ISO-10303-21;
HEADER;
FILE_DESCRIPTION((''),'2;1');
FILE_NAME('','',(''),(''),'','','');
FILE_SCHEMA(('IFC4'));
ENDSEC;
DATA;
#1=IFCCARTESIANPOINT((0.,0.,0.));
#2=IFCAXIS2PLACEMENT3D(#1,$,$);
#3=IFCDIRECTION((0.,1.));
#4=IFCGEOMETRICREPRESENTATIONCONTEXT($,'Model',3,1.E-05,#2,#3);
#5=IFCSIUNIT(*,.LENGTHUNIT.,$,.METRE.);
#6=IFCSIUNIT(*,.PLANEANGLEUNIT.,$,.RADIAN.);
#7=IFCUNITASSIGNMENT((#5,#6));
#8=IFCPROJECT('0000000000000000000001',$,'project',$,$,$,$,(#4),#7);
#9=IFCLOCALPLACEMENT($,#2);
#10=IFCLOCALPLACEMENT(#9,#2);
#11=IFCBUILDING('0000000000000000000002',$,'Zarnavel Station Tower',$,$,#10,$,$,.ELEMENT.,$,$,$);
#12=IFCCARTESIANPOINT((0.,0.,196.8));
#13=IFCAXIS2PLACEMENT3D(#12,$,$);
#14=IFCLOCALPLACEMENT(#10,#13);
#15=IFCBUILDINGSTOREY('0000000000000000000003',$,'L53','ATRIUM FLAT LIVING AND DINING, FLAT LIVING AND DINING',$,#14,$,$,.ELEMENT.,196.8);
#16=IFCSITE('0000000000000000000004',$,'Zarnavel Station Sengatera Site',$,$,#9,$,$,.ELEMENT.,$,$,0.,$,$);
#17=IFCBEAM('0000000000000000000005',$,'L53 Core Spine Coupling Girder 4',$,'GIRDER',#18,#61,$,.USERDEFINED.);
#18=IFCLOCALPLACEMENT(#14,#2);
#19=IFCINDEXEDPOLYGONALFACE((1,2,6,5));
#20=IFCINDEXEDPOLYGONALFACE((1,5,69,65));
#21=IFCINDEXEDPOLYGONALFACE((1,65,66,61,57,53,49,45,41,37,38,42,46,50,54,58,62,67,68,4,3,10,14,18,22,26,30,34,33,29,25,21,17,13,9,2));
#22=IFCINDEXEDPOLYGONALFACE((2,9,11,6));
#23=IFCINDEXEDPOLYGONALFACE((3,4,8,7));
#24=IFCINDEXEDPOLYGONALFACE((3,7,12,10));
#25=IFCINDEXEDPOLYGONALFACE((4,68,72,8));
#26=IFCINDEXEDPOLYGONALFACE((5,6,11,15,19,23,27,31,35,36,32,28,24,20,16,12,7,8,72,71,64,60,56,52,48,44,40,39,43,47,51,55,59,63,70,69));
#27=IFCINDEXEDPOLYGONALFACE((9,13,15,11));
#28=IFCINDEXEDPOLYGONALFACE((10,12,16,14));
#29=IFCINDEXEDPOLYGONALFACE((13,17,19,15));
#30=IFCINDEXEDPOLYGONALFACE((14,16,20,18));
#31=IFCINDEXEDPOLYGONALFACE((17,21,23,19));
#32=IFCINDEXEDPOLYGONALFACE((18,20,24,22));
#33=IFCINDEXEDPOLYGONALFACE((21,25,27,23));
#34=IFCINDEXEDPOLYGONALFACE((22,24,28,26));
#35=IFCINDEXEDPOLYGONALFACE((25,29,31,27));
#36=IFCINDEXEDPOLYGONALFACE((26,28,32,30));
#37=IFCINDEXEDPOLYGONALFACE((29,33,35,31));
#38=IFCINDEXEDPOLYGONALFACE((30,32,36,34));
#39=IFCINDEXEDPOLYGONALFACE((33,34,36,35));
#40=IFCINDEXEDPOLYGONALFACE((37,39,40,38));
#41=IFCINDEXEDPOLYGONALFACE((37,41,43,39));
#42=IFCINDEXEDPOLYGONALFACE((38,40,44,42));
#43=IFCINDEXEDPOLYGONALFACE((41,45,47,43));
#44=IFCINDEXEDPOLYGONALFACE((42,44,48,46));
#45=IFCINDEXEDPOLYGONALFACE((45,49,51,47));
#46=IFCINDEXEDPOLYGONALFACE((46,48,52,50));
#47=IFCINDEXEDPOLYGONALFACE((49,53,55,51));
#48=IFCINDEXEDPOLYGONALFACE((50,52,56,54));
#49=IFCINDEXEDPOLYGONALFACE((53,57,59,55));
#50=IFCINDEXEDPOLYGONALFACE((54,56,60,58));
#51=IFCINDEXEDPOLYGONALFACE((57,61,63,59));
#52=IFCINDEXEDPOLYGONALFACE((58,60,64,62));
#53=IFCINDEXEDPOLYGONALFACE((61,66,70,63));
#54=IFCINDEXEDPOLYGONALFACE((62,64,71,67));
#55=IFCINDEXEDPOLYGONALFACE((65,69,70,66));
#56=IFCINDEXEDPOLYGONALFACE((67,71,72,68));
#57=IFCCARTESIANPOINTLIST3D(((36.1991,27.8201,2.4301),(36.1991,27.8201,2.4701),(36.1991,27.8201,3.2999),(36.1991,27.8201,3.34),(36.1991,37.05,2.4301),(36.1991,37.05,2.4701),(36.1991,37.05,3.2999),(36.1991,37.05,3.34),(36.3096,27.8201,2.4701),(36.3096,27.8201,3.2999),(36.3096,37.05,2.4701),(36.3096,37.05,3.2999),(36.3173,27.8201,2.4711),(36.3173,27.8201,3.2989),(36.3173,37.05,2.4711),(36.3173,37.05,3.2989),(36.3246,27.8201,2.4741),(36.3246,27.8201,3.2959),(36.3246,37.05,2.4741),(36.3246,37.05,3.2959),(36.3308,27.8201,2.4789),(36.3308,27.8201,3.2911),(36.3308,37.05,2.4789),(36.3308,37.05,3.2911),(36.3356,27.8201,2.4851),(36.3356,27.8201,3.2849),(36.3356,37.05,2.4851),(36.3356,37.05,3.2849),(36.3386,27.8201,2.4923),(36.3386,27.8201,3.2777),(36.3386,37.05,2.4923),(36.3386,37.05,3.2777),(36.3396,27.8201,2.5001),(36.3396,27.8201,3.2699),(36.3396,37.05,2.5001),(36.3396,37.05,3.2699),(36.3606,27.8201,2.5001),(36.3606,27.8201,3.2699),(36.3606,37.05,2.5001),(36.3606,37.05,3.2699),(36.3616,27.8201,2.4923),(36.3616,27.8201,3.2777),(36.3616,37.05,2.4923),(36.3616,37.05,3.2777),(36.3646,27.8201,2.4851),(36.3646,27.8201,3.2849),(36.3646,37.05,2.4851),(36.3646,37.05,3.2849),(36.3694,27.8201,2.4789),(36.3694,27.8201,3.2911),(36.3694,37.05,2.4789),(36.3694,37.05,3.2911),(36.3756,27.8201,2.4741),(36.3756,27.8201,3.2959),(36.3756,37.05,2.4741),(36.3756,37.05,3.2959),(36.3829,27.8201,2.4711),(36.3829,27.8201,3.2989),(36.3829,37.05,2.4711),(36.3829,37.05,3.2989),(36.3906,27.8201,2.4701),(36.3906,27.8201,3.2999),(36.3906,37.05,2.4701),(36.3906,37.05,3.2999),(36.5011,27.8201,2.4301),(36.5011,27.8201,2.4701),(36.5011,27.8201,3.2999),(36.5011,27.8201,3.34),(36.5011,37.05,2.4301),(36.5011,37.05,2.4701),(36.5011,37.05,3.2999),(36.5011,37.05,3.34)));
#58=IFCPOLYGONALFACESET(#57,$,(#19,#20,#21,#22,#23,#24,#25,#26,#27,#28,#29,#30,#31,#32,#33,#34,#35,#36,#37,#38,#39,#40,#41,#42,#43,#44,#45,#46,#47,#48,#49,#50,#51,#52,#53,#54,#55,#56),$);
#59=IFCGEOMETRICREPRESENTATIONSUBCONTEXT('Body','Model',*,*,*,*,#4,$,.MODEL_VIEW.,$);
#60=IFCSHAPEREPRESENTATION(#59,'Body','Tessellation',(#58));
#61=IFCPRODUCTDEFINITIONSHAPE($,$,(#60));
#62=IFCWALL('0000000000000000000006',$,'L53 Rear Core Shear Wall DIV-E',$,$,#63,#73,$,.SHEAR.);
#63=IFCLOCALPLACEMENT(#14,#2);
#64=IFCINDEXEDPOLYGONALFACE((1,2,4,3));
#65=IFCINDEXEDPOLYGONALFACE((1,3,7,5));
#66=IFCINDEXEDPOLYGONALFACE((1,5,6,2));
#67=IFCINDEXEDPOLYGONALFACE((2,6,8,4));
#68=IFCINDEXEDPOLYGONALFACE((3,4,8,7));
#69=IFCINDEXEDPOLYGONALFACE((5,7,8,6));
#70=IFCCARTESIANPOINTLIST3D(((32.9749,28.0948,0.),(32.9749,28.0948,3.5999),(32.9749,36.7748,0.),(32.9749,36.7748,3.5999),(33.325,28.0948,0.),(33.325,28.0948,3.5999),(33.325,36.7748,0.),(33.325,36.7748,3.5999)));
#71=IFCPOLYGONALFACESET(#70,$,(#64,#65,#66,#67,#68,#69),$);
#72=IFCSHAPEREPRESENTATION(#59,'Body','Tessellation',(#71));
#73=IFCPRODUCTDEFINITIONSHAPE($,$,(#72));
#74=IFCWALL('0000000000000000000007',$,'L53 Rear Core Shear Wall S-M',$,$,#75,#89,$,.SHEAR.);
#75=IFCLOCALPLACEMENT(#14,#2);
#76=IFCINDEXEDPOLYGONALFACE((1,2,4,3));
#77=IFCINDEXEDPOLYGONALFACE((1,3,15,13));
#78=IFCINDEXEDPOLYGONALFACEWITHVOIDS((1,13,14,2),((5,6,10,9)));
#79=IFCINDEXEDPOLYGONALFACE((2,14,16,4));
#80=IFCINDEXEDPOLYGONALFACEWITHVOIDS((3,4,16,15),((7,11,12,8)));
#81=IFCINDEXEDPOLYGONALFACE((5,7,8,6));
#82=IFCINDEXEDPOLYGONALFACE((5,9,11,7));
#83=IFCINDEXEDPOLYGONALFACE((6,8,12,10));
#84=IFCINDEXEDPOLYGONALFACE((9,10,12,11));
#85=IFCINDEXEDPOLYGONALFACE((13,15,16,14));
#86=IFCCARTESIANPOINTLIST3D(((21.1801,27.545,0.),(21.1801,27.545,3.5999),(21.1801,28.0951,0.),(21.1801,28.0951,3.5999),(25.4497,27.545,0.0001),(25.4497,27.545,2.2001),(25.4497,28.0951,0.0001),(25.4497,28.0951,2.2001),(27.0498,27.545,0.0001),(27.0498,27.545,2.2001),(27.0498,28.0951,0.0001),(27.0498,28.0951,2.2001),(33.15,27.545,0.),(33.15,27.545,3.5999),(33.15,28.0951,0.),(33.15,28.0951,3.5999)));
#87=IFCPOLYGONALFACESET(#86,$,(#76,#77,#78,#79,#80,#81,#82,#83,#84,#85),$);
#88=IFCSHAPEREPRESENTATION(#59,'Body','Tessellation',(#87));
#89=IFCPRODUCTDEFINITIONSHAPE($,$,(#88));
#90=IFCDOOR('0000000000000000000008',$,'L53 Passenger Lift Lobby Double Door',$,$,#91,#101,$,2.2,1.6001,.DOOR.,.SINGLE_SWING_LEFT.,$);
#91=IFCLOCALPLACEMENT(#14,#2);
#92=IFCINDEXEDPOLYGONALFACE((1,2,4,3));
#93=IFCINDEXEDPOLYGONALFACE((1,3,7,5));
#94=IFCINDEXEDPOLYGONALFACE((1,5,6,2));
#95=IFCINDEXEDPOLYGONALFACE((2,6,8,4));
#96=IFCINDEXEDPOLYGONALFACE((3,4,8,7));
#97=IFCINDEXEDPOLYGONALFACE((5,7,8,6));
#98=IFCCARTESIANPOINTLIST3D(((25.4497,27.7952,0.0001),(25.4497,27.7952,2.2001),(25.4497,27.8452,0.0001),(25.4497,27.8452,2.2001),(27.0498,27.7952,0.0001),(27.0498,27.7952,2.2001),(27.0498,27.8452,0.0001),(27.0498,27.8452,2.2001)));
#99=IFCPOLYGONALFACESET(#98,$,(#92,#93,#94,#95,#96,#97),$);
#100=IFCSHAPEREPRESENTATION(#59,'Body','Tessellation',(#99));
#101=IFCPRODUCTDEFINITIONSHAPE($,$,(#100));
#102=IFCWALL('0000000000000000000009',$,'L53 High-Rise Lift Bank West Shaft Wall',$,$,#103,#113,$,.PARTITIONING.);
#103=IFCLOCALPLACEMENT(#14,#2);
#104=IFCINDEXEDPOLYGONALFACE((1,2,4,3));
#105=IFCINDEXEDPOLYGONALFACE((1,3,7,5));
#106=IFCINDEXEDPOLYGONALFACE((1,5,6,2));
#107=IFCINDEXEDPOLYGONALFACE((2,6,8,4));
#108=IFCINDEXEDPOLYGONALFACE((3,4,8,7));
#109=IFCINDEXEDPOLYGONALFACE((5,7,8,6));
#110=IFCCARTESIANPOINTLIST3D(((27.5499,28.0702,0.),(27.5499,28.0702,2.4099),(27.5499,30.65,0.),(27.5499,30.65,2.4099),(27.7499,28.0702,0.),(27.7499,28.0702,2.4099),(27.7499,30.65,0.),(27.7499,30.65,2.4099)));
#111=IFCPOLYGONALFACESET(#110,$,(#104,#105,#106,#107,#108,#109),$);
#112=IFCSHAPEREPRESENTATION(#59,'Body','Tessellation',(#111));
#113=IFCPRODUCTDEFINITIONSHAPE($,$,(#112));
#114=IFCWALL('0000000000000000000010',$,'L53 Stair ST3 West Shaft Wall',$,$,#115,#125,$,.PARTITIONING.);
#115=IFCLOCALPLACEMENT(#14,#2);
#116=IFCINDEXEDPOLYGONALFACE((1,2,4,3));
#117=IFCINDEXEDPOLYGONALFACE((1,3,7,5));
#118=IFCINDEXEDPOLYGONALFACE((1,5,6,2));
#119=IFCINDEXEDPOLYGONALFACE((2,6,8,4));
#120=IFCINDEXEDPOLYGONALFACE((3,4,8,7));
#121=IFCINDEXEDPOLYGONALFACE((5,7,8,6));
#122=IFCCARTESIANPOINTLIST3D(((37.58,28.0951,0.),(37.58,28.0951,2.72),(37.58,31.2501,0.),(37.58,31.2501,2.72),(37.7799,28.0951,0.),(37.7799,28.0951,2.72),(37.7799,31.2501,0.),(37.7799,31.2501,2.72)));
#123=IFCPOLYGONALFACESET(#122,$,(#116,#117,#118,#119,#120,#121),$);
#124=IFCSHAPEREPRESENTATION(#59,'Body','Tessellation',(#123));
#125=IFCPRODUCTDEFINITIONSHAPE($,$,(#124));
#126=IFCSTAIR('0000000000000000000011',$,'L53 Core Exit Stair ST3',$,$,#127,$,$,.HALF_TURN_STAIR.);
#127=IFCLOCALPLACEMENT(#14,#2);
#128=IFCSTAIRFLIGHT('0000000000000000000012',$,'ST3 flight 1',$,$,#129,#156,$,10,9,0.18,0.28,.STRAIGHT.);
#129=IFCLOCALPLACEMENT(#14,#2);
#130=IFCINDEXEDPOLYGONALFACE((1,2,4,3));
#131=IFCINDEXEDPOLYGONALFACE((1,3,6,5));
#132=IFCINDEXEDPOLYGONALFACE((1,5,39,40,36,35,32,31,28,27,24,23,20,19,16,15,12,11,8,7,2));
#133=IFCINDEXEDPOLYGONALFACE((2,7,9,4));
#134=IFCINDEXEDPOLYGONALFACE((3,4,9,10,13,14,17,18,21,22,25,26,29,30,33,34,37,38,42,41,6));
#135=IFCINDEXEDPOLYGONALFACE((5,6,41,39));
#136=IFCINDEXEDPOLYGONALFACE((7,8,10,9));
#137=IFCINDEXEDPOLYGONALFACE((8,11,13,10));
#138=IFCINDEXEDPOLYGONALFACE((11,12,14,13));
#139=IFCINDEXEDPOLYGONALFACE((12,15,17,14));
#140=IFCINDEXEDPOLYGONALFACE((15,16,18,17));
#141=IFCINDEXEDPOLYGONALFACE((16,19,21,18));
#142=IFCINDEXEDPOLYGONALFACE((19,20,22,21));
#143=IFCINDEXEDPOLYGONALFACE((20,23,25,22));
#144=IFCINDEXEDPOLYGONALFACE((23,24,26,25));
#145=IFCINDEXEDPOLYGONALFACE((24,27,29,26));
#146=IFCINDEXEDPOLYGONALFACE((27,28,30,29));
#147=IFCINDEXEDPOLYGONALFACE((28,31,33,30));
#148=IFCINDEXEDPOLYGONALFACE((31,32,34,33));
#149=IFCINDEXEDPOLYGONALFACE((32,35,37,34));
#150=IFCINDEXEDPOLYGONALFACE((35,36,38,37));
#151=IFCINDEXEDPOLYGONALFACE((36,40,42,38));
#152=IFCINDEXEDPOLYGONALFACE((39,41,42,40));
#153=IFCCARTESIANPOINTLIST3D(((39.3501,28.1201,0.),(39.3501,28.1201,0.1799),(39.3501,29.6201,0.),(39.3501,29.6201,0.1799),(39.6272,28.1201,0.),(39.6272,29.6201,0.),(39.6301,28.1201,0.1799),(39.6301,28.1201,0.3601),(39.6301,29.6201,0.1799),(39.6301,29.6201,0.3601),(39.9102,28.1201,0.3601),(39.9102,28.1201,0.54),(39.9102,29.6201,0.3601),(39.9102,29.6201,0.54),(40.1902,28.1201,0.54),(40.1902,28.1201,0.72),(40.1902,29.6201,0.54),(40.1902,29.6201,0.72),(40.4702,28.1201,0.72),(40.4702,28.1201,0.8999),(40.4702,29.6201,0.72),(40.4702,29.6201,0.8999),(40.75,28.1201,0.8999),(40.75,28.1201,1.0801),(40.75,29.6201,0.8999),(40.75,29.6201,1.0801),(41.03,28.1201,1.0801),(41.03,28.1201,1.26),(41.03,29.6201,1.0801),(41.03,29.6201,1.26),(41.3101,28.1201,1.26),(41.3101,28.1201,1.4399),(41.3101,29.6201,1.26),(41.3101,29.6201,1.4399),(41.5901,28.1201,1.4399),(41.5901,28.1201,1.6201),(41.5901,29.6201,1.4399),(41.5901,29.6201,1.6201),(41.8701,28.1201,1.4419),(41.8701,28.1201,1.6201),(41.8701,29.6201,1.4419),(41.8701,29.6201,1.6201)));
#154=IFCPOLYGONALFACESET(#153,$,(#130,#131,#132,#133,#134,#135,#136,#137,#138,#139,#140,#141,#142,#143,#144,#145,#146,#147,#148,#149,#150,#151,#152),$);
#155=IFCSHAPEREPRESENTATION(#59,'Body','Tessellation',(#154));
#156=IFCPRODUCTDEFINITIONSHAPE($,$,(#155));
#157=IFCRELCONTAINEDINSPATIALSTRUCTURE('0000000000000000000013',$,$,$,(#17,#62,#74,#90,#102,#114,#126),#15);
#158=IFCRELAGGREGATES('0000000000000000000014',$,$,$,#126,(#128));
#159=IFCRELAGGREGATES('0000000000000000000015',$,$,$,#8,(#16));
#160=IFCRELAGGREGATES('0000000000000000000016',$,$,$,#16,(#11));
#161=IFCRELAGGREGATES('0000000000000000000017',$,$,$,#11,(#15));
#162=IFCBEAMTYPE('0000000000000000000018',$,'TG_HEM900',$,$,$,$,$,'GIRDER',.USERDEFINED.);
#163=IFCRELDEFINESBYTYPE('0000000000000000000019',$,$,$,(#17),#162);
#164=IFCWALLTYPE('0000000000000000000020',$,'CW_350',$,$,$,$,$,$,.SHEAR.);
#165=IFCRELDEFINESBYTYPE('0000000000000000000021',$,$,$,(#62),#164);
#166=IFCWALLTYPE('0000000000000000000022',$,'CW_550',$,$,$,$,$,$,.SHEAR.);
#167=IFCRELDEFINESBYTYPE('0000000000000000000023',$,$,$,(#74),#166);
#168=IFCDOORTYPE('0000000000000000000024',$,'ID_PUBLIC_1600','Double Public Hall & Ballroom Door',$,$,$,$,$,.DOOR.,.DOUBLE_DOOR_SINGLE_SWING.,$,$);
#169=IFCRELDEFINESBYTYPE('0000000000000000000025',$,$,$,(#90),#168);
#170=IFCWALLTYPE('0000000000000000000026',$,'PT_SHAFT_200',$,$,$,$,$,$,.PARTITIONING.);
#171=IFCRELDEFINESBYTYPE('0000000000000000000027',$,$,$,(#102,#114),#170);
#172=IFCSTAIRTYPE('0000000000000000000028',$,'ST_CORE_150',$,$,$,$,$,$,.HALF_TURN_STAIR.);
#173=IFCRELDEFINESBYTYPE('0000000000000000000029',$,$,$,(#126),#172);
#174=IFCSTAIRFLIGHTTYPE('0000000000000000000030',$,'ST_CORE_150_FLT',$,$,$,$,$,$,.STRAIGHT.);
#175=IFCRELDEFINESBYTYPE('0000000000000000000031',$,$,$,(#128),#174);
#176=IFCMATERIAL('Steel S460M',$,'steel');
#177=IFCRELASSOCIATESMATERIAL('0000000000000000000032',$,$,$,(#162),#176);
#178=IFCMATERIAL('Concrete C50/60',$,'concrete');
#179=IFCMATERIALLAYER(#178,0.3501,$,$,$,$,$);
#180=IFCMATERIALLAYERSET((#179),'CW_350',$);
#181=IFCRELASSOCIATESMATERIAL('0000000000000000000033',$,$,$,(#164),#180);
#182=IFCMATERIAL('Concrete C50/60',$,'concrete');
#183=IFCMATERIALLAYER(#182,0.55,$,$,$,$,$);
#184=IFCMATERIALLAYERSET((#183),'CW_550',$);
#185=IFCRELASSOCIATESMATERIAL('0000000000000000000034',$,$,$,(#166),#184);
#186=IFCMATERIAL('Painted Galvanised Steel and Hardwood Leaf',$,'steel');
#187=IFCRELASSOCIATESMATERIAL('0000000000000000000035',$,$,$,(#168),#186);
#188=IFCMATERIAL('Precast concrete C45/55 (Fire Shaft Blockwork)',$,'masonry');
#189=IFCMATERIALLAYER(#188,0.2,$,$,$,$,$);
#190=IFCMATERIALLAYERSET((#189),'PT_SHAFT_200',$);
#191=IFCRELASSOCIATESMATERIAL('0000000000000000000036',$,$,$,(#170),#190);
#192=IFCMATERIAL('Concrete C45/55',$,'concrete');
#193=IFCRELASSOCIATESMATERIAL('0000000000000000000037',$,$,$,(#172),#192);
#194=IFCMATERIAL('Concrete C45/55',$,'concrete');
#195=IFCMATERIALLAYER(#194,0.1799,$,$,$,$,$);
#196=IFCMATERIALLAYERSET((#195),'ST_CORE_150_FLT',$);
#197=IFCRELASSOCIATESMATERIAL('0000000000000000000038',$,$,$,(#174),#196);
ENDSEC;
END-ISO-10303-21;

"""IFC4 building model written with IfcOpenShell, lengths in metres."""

from ifc_helpers import new_model, si_unit, direction, frame, frame_2d, origin, origin_2d, place, context, subcontext, project, spatial, polyline, rectangle, i_section, outline, extrude, material, layer, layer_set, material_profile, profile_set, type_object, element, fill, aggregate, save


model = new_model("IFC4")

# Units and contexts
model_context = context("Model", 3, precision=1e-05, world=origin(), true_north=direction((0.0, 1.0)))
body_context = subcontext(model_context, "Body", "Model", "MODEL_VIEW")
ifc_project = project(units=[si_unit("LENGTHUNIT", "METRE"), si_unit("PLANEANGLEUNIT", "RADIAN")], contexts=[model_context])

# Site, building, storey
site_placement = place(None, origin())
site = spatial("IfcSite", under=ifc_project, at=site_placement, Name="Zarnavel Station Sengatera Site", CompositionType="ELEMENT", RefElevation=0.0)
building_placement = place(site_placement, origin())
building = spatial("IfcBuilding", under=site, at=building_placement, Name="Zarnavel Station Tower", CompositionType="ELEMENT")
storey_placement = place(building_placement, frame((0.0, 0.0, 196.8)))
storey = spatial("IfcBuildingStorey", under=building, at=storey_placement, Name="L53", Description="ATRIUM FLAT LIVING AND DINING, FLAT LIVING AND DINING", CompositionType="ELEMENT", Elevation=196.8)

# Beam
ifc_material_1 = material(Name="Steel S460M", Category="steel")
ifc_material_profile_1 = material_profile(ifc_material_1, i_section(OverallWidth=0.302, OverallDepth=0.9099, WebThickness=0.021, FlangeThickness=0.04, FilletRadius=0.03, at=origin_2d()), Name="HEM900")
ifc_profile_set_1 = profile_set([ifc_material_profile_1], Name="Steel S460M")
beam_type_1 = type_object("IfcBeamType", Name="TG_HEM900", ElementType="GIRDER", PredefinedType="USERDEFINED", material=ifc_profile_set_1)
for number, where, z_axis, x_axis, name in (
    (1, (36.3501, 27.8201, 2.885), (0.0, 1.0, 0.0), (-1.0, 0.0, 0.0), "L53 Core Spine Coupling Girder 4"),
):
    element("IfcBeam", number, at=place(storey_placement, frame(where, z_axis=z_axis, x_axis=x_axis)), inside=storey, type_object=beam_type_1, Name=name, ObjectType="GIRDER", PredefinedType="USERDEFINED", context=body_context, shape_type="SweptSolid", body=[
        extrude(i_section(OverallWidth=0.302, OverallDepth=0.9099, WebThickness=0.021, FlangeThickness=0.04, FilletRadius=0.03, at=origin_2d()), origin(), (0.0, 0.0, 1.0), 9.23),
    ])

# Wall
ifc_material_2 = material(Name="Concrete C50/60", Category="concrete")
ifc_layer_1 = layer(ifc_material_2, 0.3501)
ifc_layer_set_1 = layer_set([ifc_layer_1], Name="CW_350")
wall_type_1 = type_object("IfcWallType", Name="CW_350", PredefinedType="SHEAR", material=ifc_layer_set_1)
wall_1_placement = place(storey_placement, frame((33.1499, 28.095, 0.0), z_axis=(0.0, 0.0, 1.0), x_axis=(0.0, 1.0, 0.0)))
element("IfcWall", 2, at=wall_1_placement, inside=storey, type_object=wall_type_1, Name="L53 Rear Core Shear Wall DIV-E", PredefinedType="SHEAR", context=body_context, shape_type="SweptSolid", body=[
    extrude(rectangle(XDim=8.6799, YDim=0.3501, at=frame_2d((4.3398, 0.0))), origin(), (0.0, 0.0, 1.0), 3.5999),
])

# Wall, opening, door
ifc_material_3 = material(Name="Concrete C50/60", Category="concrete")
ifc_layer_2 = layer(ifc_material_3, 0.55)
ifc_layer_set_2 = layer_set([ifc_layer_2], Name="CW_550")
wall_type_2 = type_object("IfcWallType", Name="CW_550", PredefinedType="SHEAR", material=ifc_layer_set_2)
wall_2_placement = place(storey_placement, frame((33.1499, 27.8201, 0.0), z_axis=(0.0, 0.0, 1.0), x_axis=(-1.0, 0.0, 0.0)))
wall_2 = element("IfcWall", 3, at=wall_2_placement, inside=storey, type_object=wall_type_2, Name="L53 Rear Core Shear Wall S-M", PredefinedType="SHEAR", context=body_context, shape_type="SweptSolid", body=[
    extrude(rectangle(XDim=11.97, YDim=0.55, at=frame_2d((5.9849, 0.0))), origin(), (0.0, 0.0, 1.0), 3.5999),
])
opening_1_placement = place(wall_2_placement, frame((6.1001, 0.0, 0.0)))
opening_1 = element("IfcOpeningElement", 4, at=opening_1_placement, cuts=wall_2, PredefinedType="OPENING", context=body_context, shape_type="SweptSolid", body=[
    extrude(rectangle(XDim=1.6001, YDim=2.2, at=frame_2d((0.8, 1.1001))), frame((0.0, 0.2849, 0.0), z_axis=(0.0, -1.0, 0.0), x_axis=(1.0, 0.0, 0.0)), (0.0, 0.0, 1.0), 0.5701),
])
ifc_material_4 = material(Name="Painted Galvanised Steel and Hardwood Leaf", Category="steel")
door_type_1 = type_object("IfcDoorType", Name="ID_PUBLIC_1600", Description="Double Public Hall & Ballroom Door", OperationType="DOUBLE_DOOR_SINGLE_SWING", PredefinedType="DOOR", material=ifc_material_4)
door_1_placement = place(opening_1_placement, origin())
door_1 = element("IfcDoor", 5, at=door_1_placement, inside=storey, type_object=door_type_1, Name="L53 Passenger Lift Lobby Double Door", OperationType="SINGLE_SWING_LEFT", OverallHeight=2.2, OverallWidth=1.6001, PredefinedType="DOOR", context=body_context, shape_type="SweptSolid", body=[
    extrude(rectangle(XDim=1.6001, YDim=2.2, at=frame_2d((0.8, 1.1001))), frame((0.0, 0.0249, 0.0), z_axis=(0.0, -1.0, 0.0), x_axis=(1.0, 0.0, 0.0)), (0.0, 0.0, 1.0), 0.05),
])
fill(opening_1, door_1)

# Walls
ifc_material_5 = material(Name="Precast concrete C45/55 (Fire Shaft Blockwork)", Category="masonry")
ifc_layer_3 = layer(ifc_material_5, 0.2)
ifc_layer_set_3 = layer_set([ifc_layer_3], Name="PT_SHAFT_200")
wall_type_3 = type_object("IfcWallType", Name="PT_SHAFT_200", PredefinedType="PARTITIONING", material=ifc_layer_set_3)
wall_3_placement = place(storey_placement, frame((27.6499, 28.0701, 0.0), z_axis=(0.0, 0.0, 1.0), x_axis=(0.0, 1.0, 0.0)))
element("IfcWall", 6, at=wall_3_placement, inside=storey, type_object=wall_type_3, Name="L53 High-Rise Lift Bank West Shaft Wall", PredefinedType="PARTITIONING", context=body_context, shape_type="SweptSolid", body=[
    extrude(rectangle(XDim=2.5798, YDim=0.2, at=frame_2d((1.29, 0.0))), origin(), (0.0, 0.0, 1.0), 2.4099),
])
wall_4_placement = place(storey_placement, frame((37.6799, 28.095, 0.0), z_axis=(0.0, 0.0, 1.0), x_axis=(0.0, 1.0, 0.0)))
element("IfcWall", 7, at=wall_4_placement, inside=storey, type_object=wall_type_3, Name="L53 Stair ST3 West Shaft Wall", PredefinedType="PARTITIONING", context=body_context, shape_type="SweptSolid", body=[
    extrude(rectangle(XDim=3.155, YDim=0.2, at=frame_2d((1.5776, 0.0))), origin(), (0.0, 0.0, 1.0), 2.72),
])

# Stair, stair flight
ifc_material_6 = material(Name="Concrete C45/55", Category="concrete")
stair_type = type_object("IfcStairType", Name="ST_CORE_150", PredefinedType="HALF_TURN_STAIR", material=ifc_material_6)
stair_placement = place(storey_placement, origin())
stair = element("IfcStair", 8, at=stair_placement, inside=storey, type_object=stair_type, Name="L53 Core Exit Stair ST3", PredefinedType="HALF_TURN_STAIR")
ifc_material_7 = material(Name="Concrete C45/55", Category="concrete")
ifc_layer_4 = layer(ifc_material_7, 0.1799)
ifc_layer_set_4 = layer_set([ifc_layer_4], Name="ST_CORE_150_FLT")
stair_flight_type = type_object("IfcStairFlightType", Name="ST_CORE_150_FLT", PredefinedType="STRAIGHT", material=ifc_layer_set_4)
stair_flight_placement = place(storey_placement, frame((39.3501, 28.8701, 0.0), z_axis=(0.0, 0.0, 1.0), x_axis=(1.0, 0.0, 0.0)))
stair_flight = element("IfcStairFlight", 9, at=stair_flight_placement, type_object=stair_flight_type, Name="ST3 flight 1", NumberOfRisers=10, NumberOfTreads=9, PredefinedType="STRAIGHT", RiserHeight=0.18, TreadLength=0.28, context=body_context, shape_type="SweptSolid", body=[
    extrude(outline(polyline([(0.0, 0.0), (0.0, 0.1799), (0.28, 0.1799), (0.28, 0.3601), (0.5601, 0.3601), (0.5601, 0.54), (0.8401, 0.54), (0.8401, 0.72), (1.1201, 0.72), (1.1201, 0.8999), (1.3999, 0.8999), (1.3999, 1.0801), (1.6799, 1.0801), (1.6799, 1.26), (1.96, 1.26), (1.96, 1.4399), (2.24, 1.4399), (2.24, 1.6201), (2.52, 1.6201), (2.52, 1.8), (2.52, 1.4419), (0.2771, 0.0), (0.0, 0.0)])), frame((0.0, 0.75, 0.0), z_axis=(0.0, -1.0, 0.0), x_axis=(1.0, 0.0, 0.0)), (0.0, 0.0, 1.0), 1.5),
])
aggregate(stair, [stair_flight])

save(model, "model.ifc")
